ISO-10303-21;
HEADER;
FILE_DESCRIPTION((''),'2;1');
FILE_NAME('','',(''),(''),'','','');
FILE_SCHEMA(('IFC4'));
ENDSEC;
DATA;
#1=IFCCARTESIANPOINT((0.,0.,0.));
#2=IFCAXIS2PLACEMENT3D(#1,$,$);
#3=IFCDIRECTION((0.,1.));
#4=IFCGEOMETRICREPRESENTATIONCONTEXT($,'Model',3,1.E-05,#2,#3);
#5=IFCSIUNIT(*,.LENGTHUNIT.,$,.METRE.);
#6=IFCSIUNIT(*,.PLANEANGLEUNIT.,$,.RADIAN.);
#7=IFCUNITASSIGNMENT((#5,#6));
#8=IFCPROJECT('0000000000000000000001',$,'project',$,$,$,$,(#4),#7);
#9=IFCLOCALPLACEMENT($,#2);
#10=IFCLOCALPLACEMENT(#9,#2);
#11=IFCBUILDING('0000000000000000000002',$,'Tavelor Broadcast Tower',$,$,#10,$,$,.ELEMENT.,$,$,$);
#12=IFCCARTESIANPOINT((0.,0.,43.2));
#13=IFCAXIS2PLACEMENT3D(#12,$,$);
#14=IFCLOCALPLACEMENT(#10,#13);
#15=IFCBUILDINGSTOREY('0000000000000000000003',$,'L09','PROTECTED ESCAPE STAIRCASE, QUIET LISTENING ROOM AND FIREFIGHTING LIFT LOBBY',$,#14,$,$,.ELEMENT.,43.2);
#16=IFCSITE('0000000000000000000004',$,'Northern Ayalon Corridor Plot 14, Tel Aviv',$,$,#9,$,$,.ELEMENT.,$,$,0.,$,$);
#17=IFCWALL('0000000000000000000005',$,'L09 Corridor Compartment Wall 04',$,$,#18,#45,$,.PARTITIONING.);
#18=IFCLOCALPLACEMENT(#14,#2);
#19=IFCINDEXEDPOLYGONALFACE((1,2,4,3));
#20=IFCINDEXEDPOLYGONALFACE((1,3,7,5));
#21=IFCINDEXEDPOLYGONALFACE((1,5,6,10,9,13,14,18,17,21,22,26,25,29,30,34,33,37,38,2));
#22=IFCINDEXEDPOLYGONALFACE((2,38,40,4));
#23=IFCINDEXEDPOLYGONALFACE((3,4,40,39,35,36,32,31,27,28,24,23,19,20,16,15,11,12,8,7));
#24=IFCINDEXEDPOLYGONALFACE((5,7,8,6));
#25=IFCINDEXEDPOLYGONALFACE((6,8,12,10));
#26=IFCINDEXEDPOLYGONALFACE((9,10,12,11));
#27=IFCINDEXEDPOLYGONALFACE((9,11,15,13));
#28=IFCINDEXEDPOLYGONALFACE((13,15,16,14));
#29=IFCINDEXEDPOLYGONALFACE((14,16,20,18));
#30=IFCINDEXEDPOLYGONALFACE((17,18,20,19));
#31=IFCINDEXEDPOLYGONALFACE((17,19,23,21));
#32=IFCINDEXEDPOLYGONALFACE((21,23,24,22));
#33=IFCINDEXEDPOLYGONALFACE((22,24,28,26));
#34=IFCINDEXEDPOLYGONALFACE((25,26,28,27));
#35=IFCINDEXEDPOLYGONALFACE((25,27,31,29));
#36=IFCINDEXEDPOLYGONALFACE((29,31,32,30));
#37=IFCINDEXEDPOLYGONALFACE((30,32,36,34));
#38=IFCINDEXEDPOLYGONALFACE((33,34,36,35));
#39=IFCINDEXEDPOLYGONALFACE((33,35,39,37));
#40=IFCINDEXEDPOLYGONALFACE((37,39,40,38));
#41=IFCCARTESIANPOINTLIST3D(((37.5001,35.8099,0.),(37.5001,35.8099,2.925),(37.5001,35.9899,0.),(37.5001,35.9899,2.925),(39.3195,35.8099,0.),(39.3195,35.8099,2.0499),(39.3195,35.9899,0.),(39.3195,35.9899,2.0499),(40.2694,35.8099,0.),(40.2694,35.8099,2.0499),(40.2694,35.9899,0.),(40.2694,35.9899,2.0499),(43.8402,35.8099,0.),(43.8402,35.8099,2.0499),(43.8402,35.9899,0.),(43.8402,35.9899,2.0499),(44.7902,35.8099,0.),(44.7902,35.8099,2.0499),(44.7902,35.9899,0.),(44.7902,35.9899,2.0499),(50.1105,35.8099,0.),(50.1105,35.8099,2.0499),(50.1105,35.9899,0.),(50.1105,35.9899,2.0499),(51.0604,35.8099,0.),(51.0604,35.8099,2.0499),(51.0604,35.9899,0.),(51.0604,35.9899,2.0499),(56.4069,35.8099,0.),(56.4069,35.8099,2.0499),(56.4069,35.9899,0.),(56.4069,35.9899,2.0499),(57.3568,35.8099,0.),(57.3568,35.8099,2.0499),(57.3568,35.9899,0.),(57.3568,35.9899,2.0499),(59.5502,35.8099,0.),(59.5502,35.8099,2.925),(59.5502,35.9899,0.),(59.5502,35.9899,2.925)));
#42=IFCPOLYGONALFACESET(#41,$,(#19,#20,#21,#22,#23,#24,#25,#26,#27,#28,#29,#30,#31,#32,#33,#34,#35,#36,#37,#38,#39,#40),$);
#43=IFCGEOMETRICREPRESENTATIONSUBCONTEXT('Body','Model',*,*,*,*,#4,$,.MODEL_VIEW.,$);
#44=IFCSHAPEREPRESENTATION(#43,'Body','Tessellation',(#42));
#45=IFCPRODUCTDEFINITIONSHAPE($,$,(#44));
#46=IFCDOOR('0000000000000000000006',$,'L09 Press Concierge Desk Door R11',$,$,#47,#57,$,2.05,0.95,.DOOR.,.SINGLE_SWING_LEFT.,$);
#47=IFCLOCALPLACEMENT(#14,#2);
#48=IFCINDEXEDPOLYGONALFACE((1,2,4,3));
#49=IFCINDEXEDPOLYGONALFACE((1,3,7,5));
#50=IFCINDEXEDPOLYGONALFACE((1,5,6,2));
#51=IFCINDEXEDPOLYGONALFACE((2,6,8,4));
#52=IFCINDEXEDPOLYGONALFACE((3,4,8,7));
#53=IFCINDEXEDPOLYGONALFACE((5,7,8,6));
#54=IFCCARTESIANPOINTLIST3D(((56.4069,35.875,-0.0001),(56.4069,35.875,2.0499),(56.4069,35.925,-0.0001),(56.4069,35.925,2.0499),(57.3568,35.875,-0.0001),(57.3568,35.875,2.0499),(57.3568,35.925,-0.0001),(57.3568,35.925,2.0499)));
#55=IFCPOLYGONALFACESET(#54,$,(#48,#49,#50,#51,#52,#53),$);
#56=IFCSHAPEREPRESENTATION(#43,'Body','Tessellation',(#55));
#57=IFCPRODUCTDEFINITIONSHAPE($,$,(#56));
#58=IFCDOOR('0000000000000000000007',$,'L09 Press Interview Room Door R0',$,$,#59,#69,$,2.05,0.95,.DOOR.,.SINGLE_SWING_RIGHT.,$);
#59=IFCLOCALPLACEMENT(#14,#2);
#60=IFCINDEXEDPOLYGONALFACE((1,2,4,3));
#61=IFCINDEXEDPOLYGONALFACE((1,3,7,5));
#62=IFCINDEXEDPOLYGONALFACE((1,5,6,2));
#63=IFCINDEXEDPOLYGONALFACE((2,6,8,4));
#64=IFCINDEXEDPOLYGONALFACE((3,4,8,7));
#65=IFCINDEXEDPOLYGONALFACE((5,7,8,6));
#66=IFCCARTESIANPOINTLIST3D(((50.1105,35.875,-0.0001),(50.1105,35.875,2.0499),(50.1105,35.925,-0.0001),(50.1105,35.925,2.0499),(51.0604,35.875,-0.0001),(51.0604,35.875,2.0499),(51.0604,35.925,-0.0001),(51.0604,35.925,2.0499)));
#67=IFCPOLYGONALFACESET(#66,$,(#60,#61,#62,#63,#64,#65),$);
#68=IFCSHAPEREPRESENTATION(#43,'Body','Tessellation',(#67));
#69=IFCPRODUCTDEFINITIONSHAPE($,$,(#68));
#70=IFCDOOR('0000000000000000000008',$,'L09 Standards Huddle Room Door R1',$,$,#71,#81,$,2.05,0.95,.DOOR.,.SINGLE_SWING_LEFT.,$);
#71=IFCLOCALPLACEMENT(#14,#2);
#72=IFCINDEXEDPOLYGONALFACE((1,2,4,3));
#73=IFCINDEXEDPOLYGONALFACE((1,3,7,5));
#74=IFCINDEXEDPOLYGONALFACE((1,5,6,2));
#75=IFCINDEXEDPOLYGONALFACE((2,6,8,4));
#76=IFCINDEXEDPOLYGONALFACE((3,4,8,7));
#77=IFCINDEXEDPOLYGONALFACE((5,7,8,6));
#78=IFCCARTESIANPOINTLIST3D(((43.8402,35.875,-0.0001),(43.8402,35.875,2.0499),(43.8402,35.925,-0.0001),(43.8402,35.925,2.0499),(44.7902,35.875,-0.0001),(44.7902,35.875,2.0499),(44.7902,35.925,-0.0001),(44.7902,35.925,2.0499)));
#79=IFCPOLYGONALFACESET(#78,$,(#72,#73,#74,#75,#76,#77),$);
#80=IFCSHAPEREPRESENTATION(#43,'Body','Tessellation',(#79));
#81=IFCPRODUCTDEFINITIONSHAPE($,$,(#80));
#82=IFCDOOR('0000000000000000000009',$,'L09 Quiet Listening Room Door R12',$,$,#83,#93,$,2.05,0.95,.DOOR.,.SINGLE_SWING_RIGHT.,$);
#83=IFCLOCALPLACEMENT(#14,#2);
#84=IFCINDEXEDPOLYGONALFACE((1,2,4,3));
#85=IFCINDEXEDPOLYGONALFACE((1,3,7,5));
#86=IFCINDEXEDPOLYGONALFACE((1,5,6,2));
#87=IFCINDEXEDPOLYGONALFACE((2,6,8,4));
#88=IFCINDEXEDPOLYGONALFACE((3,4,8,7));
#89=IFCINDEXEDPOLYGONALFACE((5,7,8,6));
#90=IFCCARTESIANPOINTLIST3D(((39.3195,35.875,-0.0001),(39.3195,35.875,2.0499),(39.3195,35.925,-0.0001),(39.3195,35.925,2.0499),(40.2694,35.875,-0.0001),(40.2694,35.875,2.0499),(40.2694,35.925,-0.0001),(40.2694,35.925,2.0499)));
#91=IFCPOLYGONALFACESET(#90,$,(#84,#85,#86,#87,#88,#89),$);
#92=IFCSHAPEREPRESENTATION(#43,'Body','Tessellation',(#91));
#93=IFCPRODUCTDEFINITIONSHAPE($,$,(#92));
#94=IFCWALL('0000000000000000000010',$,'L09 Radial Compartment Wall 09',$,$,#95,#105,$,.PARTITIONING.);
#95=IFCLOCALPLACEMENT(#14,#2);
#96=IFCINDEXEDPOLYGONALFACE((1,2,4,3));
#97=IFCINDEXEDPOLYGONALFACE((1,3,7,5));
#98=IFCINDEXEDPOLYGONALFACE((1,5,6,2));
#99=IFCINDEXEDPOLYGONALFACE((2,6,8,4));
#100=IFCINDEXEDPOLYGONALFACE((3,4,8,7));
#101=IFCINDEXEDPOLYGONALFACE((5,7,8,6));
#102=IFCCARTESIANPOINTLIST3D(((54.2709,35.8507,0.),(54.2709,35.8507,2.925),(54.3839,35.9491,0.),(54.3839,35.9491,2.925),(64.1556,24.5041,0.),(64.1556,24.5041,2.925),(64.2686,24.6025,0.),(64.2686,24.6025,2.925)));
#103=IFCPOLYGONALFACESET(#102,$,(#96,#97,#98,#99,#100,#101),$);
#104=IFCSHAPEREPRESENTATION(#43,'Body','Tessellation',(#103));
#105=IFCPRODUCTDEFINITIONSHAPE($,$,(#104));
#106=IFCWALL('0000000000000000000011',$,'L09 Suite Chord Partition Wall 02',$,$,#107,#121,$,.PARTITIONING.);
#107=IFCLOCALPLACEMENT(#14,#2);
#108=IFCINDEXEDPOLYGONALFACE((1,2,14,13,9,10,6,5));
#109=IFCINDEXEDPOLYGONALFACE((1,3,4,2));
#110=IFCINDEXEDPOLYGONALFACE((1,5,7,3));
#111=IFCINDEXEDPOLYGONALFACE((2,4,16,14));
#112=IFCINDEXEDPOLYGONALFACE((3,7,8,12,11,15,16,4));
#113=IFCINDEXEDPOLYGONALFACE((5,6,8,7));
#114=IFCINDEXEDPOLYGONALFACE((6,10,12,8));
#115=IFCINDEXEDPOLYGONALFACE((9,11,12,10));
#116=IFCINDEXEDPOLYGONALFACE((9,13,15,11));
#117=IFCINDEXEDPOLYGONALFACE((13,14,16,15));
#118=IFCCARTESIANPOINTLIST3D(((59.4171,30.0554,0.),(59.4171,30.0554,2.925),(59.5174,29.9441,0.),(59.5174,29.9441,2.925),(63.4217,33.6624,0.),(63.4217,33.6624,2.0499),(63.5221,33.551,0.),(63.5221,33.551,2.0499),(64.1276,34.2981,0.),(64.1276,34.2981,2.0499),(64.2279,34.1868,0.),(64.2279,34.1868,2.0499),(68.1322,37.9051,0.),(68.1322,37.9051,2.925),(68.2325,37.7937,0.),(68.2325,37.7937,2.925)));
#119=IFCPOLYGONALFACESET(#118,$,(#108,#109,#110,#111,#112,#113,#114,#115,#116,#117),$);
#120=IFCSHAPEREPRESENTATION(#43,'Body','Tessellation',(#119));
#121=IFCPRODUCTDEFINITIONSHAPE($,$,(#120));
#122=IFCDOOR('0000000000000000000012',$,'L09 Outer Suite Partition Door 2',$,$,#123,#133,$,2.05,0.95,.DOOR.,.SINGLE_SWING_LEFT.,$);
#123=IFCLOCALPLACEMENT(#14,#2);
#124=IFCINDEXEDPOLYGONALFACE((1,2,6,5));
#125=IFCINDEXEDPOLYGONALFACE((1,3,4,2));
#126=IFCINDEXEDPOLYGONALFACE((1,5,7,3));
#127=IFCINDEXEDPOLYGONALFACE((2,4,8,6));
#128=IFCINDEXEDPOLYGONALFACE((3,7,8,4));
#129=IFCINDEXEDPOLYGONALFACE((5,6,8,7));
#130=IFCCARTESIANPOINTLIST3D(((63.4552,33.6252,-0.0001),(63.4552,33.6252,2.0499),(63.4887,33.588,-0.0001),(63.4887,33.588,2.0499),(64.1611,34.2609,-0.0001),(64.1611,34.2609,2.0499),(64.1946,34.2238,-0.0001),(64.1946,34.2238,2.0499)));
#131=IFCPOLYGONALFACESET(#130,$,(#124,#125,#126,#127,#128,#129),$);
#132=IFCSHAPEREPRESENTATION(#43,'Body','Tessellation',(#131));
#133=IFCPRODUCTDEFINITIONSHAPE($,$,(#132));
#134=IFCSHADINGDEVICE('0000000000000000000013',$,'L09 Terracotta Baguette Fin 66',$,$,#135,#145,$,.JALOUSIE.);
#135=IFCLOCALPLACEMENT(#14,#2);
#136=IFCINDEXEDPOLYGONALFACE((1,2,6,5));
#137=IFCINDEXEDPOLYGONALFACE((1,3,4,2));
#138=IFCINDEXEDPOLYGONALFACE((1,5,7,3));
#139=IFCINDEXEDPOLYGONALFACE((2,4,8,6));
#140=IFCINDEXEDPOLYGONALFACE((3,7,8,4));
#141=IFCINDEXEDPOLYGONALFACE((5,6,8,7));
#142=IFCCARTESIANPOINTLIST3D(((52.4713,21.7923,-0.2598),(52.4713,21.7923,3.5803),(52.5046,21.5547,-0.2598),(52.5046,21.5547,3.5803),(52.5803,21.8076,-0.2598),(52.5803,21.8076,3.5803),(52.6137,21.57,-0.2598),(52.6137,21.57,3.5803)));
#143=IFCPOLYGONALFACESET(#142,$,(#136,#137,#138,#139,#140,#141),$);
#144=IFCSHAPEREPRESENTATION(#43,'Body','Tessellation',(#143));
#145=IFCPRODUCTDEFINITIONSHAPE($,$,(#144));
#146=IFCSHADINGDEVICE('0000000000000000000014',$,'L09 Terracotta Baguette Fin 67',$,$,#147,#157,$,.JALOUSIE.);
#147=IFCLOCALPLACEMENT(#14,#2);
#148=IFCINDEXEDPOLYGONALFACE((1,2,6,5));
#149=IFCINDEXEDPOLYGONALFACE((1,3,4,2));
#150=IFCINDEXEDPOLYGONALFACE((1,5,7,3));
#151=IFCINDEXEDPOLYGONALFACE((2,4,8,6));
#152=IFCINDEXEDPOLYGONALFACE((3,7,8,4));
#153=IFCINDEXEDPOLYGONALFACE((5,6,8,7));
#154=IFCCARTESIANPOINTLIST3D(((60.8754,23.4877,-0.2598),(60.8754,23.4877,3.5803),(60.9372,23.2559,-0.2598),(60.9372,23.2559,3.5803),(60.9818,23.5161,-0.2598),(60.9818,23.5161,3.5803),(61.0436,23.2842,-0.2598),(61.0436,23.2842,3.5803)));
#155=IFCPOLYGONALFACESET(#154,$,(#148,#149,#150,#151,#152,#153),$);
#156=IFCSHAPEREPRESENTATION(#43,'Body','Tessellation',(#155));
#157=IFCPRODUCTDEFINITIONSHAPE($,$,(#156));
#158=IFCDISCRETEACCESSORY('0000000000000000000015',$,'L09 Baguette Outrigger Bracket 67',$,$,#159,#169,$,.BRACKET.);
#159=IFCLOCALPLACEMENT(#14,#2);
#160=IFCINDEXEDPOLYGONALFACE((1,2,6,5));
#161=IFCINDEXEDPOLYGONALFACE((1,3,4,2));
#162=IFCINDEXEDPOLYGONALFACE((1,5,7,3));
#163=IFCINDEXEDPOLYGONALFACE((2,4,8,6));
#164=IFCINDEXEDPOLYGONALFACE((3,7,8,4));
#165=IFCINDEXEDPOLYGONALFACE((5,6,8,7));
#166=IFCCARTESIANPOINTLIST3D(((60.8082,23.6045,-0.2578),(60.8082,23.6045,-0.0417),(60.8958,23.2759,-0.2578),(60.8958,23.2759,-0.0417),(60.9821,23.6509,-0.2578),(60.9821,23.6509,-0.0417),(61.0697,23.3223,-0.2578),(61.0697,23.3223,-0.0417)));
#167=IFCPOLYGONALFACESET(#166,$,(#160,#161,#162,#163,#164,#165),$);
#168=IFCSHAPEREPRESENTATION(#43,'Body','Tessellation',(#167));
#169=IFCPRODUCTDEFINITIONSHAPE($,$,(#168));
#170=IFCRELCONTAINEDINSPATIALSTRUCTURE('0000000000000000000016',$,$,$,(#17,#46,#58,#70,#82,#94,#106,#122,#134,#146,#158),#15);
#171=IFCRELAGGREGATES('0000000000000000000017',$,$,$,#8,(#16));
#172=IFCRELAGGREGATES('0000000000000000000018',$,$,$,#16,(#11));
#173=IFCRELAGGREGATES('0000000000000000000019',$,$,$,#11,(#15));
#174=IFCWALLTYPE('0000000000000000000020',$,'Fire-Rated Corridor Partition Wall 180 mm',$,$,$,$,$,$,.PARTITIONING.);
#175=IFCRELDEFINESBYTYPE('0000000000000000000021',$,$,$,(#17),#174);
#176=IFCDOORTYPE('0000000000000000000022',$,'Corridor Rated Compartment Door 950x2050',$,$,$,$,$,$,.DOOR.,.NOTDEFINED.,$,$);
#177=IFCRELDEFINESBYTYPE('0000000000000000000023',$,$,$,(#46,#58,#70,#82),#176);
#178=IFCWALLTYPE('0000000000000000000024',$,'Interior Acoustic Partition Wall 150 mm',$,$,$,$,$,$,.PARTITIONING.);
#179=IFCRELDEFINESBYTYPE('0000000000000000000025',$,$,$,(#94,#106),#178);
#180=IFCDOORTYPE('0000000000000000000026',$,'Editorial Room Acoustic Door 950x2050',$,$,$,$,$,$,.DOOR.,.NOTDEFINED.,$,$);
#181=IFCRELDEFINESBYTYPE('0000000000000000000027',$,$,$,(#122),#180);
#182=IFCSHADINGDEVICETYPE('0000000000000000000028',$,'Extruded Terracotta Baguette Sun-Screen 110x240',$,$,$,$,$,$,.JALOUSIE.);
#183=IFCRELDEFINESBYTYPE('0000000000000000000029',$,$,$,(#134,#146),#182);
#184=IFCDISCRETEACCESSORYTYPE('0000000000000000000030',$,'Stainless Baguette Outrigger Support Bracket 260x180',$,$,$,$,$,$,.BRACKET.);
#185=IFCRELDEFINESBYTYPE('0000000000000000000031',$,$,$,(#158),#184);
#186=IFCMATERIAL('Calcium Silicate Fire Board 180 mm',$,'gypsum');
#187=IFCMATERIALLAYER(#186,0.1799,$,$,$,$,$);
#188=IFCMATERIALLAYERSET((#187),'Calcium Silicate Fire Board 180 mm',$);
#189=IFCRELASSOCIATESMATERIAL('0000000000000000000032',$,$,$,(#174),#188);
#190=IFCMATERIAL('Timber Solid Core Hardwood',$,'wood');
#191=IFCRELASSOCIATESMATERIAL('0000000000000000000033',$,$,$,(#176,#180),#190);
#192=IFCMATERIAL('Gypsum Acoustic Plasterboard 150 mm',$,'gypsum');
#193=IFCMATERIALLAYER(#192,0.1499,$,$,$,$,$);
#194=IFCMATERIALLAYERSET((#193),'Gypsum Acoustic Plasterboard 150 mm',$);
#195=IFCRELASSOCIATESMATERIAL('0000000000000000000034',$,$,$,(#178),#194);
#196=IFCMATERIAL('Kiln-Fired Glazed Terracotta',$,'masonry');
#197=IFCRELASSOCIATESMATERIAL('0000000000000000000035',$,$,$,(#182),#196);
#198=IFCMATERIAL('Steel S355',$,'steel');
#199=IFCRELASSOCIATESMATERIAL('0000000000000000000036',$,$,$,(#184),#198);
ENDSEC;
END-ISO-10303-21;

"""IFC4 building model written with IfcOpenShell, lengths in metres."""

from ifc_helpers import new_model, si_unit, direction, frame, frame_2d, origin, origin_2d, place, context, subcontext, project, spatial, rectangle, extrude, source, transform, mapped, material, layer, layer_set, type_object, type_shapes, element, fill, save


model = new_model("IFC4")

# Units and contexts
model_context = context("Model", 3, precision=1e-05, world=origin(), true_north=direction((0.0, 1.0)))
body_context = subcontext(model_context, "Body", "Model", "MODEL_VIEW")
ifc_project = project(units=[si_unit("LENGTHUNIT", "METRE"), si_unit("PLANEANGLEUNIT", "RADIAN")], contexts=[model_context])

# Site, building, storey
site_placement = place(None, origin())
site = spatial("IfcSite", under=ifc_project, at=site_placement, Name="Northern Ayalon Corridor Plot 14, Tel Aviv", CompositionType="ELEMENT", RefElevation=0.0)
building_placement = place(site_placement, origin())
building = spatial("IfcBuilding", under=site, at=building_placement, Name="Tavelor Broadcast Tower", CompositionType="ELEMENT")
storey_placement = place(building_placement, frame((0.0, 0.0, 43.2)))
storey = spatial("IfcBuildingStorey", under=building, at=storey_placement, Name="L09", Description="PROTECTED ESCAPE STAIRCASE, QUIET LISTENING ROOM AND FIREFIGHTING LIFT LOBBY", CompositionType="ELEMENT", Elevation=43.2)

# Shared definitions
ifc_material_1 = material(Name="Steel S355", Category="steel")

# Wall, openings, doors
ifc_material_2 = material(Name="Calcium Silicate Fire Board 180 mm", Category="gypsum")
ifc_layer_1 = layer(ifc_material_2, 0.1799)
ifc_layer_set_1 = layer_set([ifc_layer_1], Name="Calcium Silicate Fire Board 180 mm")
wall_type_1 = type_object("IfcWallType", Name="Fire-Rated Corridor Partition Wall 180 mm", PredefinedType="PARTITIONING", material=ifc_layer_set_1)
wall_1_placement = place(storey_placement, frame((59.55, 35.8999, 0.0), z_axis=(0.0, 0.0, 1.0), x_axis=(-1.0, 0.0, 0.0)))
wall_1 = element("IfcWall", 1, at=wall_1_placement, inside=storey, type_object=wall_type_1, Name="L09 Corridor Compartment Wall 04", PredefinedType="PARTITIONING", context=body_context, shape_type="SweptSolid", body=[
    extrude(rectangle(XDim=22.05, YDim=0.1799, at=frame_2d((11.0249, 0.0))), origin(), (0.0, 0.0, 1.0), 2.925),
])
opening_1_placement = place(wall_1_placement, frame((2.1931, 0.0, 0.0)))
opening_1 = element("IfcOpeningElement", 2, at=opening_1_placement, cuts=wall_1, PredefinedType="OPENING", context=body_context, shape_type="SweptSolid", body=[
    extrude(rectangle(XDim=0.95, YDim=2.05, at=frame_2d((0.4751, 1.0249))), frame((0.0, 0.1001, 0.0), z_axis=(0.0, -1.0, 0.0), x_axis=(1.0, 0.0, 0.0)), (0.0, 0.0, 1.0), 0.2),
])
opening_2_placement = place(wall_1_placement, frame((8.4895, 0.0, 0.0)))
opening_2 = element("IfcOpeningElement", 3, at=opening_2_placement, cuts=wall_1, PredefinedType="OPENING", context=body_context, shape_type="SweptSolid", body=[
    extrude(rectangle(XDim=0.95, YDim=2.05, at=frame_2d((0.4751, 1.0249))), frame((0.0, 0.1001, 0.0), z_axis=(0.0, -1.0, 0.0), x_axis=(1.0, 0.0, 0.0)), (0.0, 0.0, 1.0), 0.2),
])
opening_3_placement = place(wall_1_placement, frame((14.7598, 0.0, 0.0)))
opening_3 = element("IfcOpeningElement", 4, at=opening_3_placement, cuts=wall_1, PredefinedType="OPENING", context=body_context, shape_type="SweptSolid", body=[
    extrude(rectangle(XDim=0.95, YDim=2.05, at=frame_2d((0.4751, 1.0249))), frame((0.0, 0.1001, 0.0), z_axis=(0.0, -1.0, 0.0), x_axis=(1.0, 0.0, 0.0)), (0.0, 0.0, 1.0), 0.2),
])
opening_4_placement = place(wall_1_placement, frame((19.2805, 0.0, 0.0)))
opening_4 = element("IfcOpeningElement", 5, at=opening_4_placement, cuts=wall_1, PredefinedType="OPENING", context=body_context, shape_type="SweptSolid", body=[
    extrude(rectangle(XDim=0.95, YDim=2.05, at=frame_2d((0.4751, 1.0249))), frame((0.0, 0.1001, 0.0), z_axis=(0.0, -1.0, 0.0), x_axis=(1.0, 0.0, 0.0)), (0.0, 0.0, 1.0), 0.2),
])
ifc_material_3 = material(Name="Timber Solid Core Hardwood", Category="wood")
door_type_1 = type_object("IfcDoorType", Name="Corridor Rated Compartment Door 950x2050", OperationType="NOTDEFINED", PredefinedType="DOOR", material=ifc_material_3)
door_1_placement = place(opening_1_placement, origin())
door_1 = element("IfcDoor", 6, at=door_1_placement, inside=storey, type_object=door_type_1, Name="L09 Press Concierge Desk Door R11", OperationType="SINGLE_SWING_LEFT", OverallHeight=2.05, OverallWidth=0.95, PredefinedType="DOOR", context=body_context, shape_type="SweptSolid", body=[
    extrude(rectangle(XDim=0.95, YDim=2.05, at=frame_2d((0.4751, 1.0249))), frame((0.0, 0.0249, 0.0), z_axis=(0.0, -1.0, 0.0), x_axis=(1.0, 0.0, 0.0)), (0.0, 0.0, 1.0), 0.05),
])
fill(opening_1, door_1)
door_2_placement = place(opening_2_placement, origin())
door_2 = element("IfcDoor", 7, at=door_2_placement, inside=storey, type_object=door_type_1, Name="L09 Press Interview Room Door R0", OperationType="SINGLE_SWING_RIGHT", OverallHeight=2.05, OverallWidth=0.95, PredefinedType="DOOR", context=body_context, shape_type="SweptSolid", body=[
    extrude(rectangle(XDim=0.95, YDim=2.05, at=frame_2d((0.4751, 1.0249))), frame((0.0, 0.0249, 0.0), z_axis=(0.0, -1.0, 0.0), x_axis=(1.0, 0.0, 0.0)), (0.0, 0.0, 1.0), 0.05),
])
fill(opening_2, door_2)
door_3_placement = place(opening_3_placement, origin())
door_3 = element("IfcDoor", 8, at=door_3_placement, inside=storey, type_object=door_type_1, Name="L09 Standards Huddle Room Door R1", OperationType="SINGLE_SWING_LEFT", OverallHeight=2.05, OverallWidth=0.95, PredefinedType="DOOR", context=body_context, shape_type="SweptSolid", body=[
    extrude(rectangle(XDim=0.95, YDim=2.05, at=frame_2d((0.4751, 1.0249))), frame((0.0, 0.0249, 0.0), z_axis=(0.0, -1.0, 0.0), x_axis=(1.0, 0.0, 0.0)), (0.0, 0.0, 1.0), 0.05),
])
fill(opening_3, door_3)
door_4_placement = place(opening_4_placement, origin())
door_4 = element("IfcDoor", 9, at=door_4_placement, inside=storey, type_object=door_type_1, Name="L09 Quiet Listening Room Door R12", OperationType="SINGLE_SWING_RIGHT", OverallHeight=2.05, OverallWidth=0.95, PredefinedType="DOOR", context=body_context, shape_type="SweptSolid", body=[
    extrude(rectangle(XDim=0.95, YDim=2.05, at=frame_2d((0.4751, 1.0249))), frame((0.0, 0.0249, 0.0), z_axis=(0.0, -1.0, 0.0), x_axis=(1.0, 0.0, 0.0)), (0.0, 0.0, 1.0), 0.05),
])
fill(opening_4, door_4)

# Wall
ifc_material_4 = material(Name="Gypsum Acoustic Plasterboard 150 mm", Category="gypsum")
ifc_layer_2 = layer(ifc_material_4, 0.1499)
ifc_layer_set_2 = layer_set([ifc_layer_2], Name="Gypsum Acoustic Plasterboard 150 mm")
wall_type_2 = type_object("IfcWallType", Name="Interior Acoustic Partition Wall 150 mm", PredefinedType="PARTITIONING", material=ifc_layer_set_2)
wall_2_placement = place(storey_placement, frame((54.3274, 35.8999, 0.0), z_axis=(0.0, 0.0, 1.0), x_axis=(0.656863, -0.75401, 0.0)))
element("IfcWall", 10, at=wall_2_placement, inside=storey, type_object=wall_type_2, Name="L09 Radial Compartment Wall 09", PredefinedType="PARTITIONING", context=body_context, shape_type="SweptSolid", body=[
    extrude(rectangle(XDim=15.0483, YDim=0.1499, at=frame_2d((7.5242, 0.0))), origin(), (0.0, 0.0, 1.0), 2.925),
])

# Wall, opening, door
wall_3_placement = place(storey_placement, frame((59.4673, 29.9998, 0.0), z_axis=(0.0, 0.0, 1.0), x_axis=(0.743038, 0.669249, 0.0)))
wall_3 = element("IfcWall", 11, at=wall_3_placement, inside=storey, type_object=wall_type_2, Name="L09 Suite Chord Partition Wall 02", PredefinedType="PARTITIONING", context=body_context, shape_type="SweptSolid", body=[
    extrude(rectangle(XDim=11.729, YDim=0.1499, at=frame_2d((5.8645, 0.0))), origin(), (0.0, 0.0, 1.0), 2.925),
])
opening_5_placement = place(wall_3_placement, frame((5.3894, 0.0, 0.0)))
opening_5 = element("IfcOpeningElement", 12, at=opening_5_placement, cuts=wall_3, PredefinedType="OPENING", context=body_context, shape_type="SweptSolid", body=[
    extrude(rectangle(XDim=0.95, YDim=2.05, at=frame_2d((0.4751, 1.0249))), frame((0.0, 0.085, 0.0), z_axis=(0.0, -1.0, 0.0), x_axis=(1.0, 0.0, 0.0)), (0.0, 0.0, 1.0), 0.1699),
])
door_type_2 = type_object("IfcDoorType", Name="Editorial Room Acoustic Door 950x2050", OperationType="NOTDEFINED", PredefinedType="DOOR", material=ifc_material_3)
door_5_placement = place(opening_5_placement, origin())
door_5 = element("IfcDoor", 13, at=door_5_placement, inside=storey, type_object=door_type_2, Name="L09 Outer Suite Partition Door 2", OperationType="SINGLE_SWING_LEFT", OverallHeight=2.05, OverallWidth=0.95, PredefinedType="DOOR", context=body_context, shape_type="SweptSolid", body=[
    extrude(rectangle(XDim=0.95, YDim=2.05, at=frame_2d((0.4751, 1.0249))), frame((0.0, 0.0249, 0.0), z_axis=(0.0, -1.0, 0.0), x_axis=(1.0, 0.0, 0.0)), (0.0, 0.0, 1.0), 0.05),
])
fill(opening_5, door_5)

# Shading devices
ifc_material_5 = material(Name="Kiln-Fired Glazed Terracotta", Category="masonry")
shading_device_type = type_object("IfcShadingDeviceType", Name="Extruded Terracotta Baguette Sun-Screen 110x240", PredefinedType="JALOUSIE", material=ifc_material_5)
shared_shape_1 = source(origin(), body_context, "Body", "SweptSolid", [
    extrude(rectangle(XDim=0.1101, YDim=0.24, at=origin_2d()), origin(), (0.0, 0.0, 1.0), 3.8401),
])
type_shapes(shading_device_type, [shared_shape_1])
for number, where, z_axis, x_axis, name in (
    (14, (52.5425, 21.6812, -0.2598), (0.0, 0.0, 1.0), (0.990317, 0.138827, 0.0), "L09 Terracotta Baguette Fin 66"),
    (15, (60.9595, 23.386, -0.2598), (0.0, 0.0, 1.0), (0.966241, 0.257639, 0.0), "L09 Terracotta Baguette Fin 67"),
):
    element("IfcShadingDevice", number, at=place(storey_placement, frame(where, z_axis=z_axis, x_axis=x_axis)), inside=storey, type_object=shading_device_type, Name=name, PredefinedType="JALOUSIE", context=body_context, shape_type="MappedRepresentation", body=[
        mapped(shared_shape_1, transform((0.0, 0.0, 0.0), scale=1.0)),
    ])

# Discrete accessory
discrete_accessory_type = type_object("IfcDiscreteAccessoryType", Name="Stainless Baguette Outrigger Support Bracket 260x180", PredefinedType="BRACKET", material=ifc_material_1)
shared_shape_2 = source(origin(), body_context, "Body", "SweptSolid", [
    extrude(rectangle(XDim=0.1799, YDim=0.3401, at=origin_2d()), origin(), (0.0, 0.0, 1.0), 0.2161),
])
type_shapes(discrete_accessory_type, [shared_shape_2])
discrete_accessory_placement = place(storey_placement, frame((60.939, 23.4634, -0.2578), z_axis=(0.0, 0.0, 1.0), x_axis=(0.966241, 0.257639, 0.0)))
element("IfcDiscreteAccessory", 16, at=discrete_accessory_placement, inside=storey, type_object=discrete_accessory_type, Name="L09 Baguette Outrigger Bracket 67", PredefinedType="BRACKET", context=body_context, shape_type="MappedRepresentation", body=[
    mapped(shared_shape_2, transform((0.0, 0.0, 0.0), scale=1.0)),
])

save(model, "model.ifc")
